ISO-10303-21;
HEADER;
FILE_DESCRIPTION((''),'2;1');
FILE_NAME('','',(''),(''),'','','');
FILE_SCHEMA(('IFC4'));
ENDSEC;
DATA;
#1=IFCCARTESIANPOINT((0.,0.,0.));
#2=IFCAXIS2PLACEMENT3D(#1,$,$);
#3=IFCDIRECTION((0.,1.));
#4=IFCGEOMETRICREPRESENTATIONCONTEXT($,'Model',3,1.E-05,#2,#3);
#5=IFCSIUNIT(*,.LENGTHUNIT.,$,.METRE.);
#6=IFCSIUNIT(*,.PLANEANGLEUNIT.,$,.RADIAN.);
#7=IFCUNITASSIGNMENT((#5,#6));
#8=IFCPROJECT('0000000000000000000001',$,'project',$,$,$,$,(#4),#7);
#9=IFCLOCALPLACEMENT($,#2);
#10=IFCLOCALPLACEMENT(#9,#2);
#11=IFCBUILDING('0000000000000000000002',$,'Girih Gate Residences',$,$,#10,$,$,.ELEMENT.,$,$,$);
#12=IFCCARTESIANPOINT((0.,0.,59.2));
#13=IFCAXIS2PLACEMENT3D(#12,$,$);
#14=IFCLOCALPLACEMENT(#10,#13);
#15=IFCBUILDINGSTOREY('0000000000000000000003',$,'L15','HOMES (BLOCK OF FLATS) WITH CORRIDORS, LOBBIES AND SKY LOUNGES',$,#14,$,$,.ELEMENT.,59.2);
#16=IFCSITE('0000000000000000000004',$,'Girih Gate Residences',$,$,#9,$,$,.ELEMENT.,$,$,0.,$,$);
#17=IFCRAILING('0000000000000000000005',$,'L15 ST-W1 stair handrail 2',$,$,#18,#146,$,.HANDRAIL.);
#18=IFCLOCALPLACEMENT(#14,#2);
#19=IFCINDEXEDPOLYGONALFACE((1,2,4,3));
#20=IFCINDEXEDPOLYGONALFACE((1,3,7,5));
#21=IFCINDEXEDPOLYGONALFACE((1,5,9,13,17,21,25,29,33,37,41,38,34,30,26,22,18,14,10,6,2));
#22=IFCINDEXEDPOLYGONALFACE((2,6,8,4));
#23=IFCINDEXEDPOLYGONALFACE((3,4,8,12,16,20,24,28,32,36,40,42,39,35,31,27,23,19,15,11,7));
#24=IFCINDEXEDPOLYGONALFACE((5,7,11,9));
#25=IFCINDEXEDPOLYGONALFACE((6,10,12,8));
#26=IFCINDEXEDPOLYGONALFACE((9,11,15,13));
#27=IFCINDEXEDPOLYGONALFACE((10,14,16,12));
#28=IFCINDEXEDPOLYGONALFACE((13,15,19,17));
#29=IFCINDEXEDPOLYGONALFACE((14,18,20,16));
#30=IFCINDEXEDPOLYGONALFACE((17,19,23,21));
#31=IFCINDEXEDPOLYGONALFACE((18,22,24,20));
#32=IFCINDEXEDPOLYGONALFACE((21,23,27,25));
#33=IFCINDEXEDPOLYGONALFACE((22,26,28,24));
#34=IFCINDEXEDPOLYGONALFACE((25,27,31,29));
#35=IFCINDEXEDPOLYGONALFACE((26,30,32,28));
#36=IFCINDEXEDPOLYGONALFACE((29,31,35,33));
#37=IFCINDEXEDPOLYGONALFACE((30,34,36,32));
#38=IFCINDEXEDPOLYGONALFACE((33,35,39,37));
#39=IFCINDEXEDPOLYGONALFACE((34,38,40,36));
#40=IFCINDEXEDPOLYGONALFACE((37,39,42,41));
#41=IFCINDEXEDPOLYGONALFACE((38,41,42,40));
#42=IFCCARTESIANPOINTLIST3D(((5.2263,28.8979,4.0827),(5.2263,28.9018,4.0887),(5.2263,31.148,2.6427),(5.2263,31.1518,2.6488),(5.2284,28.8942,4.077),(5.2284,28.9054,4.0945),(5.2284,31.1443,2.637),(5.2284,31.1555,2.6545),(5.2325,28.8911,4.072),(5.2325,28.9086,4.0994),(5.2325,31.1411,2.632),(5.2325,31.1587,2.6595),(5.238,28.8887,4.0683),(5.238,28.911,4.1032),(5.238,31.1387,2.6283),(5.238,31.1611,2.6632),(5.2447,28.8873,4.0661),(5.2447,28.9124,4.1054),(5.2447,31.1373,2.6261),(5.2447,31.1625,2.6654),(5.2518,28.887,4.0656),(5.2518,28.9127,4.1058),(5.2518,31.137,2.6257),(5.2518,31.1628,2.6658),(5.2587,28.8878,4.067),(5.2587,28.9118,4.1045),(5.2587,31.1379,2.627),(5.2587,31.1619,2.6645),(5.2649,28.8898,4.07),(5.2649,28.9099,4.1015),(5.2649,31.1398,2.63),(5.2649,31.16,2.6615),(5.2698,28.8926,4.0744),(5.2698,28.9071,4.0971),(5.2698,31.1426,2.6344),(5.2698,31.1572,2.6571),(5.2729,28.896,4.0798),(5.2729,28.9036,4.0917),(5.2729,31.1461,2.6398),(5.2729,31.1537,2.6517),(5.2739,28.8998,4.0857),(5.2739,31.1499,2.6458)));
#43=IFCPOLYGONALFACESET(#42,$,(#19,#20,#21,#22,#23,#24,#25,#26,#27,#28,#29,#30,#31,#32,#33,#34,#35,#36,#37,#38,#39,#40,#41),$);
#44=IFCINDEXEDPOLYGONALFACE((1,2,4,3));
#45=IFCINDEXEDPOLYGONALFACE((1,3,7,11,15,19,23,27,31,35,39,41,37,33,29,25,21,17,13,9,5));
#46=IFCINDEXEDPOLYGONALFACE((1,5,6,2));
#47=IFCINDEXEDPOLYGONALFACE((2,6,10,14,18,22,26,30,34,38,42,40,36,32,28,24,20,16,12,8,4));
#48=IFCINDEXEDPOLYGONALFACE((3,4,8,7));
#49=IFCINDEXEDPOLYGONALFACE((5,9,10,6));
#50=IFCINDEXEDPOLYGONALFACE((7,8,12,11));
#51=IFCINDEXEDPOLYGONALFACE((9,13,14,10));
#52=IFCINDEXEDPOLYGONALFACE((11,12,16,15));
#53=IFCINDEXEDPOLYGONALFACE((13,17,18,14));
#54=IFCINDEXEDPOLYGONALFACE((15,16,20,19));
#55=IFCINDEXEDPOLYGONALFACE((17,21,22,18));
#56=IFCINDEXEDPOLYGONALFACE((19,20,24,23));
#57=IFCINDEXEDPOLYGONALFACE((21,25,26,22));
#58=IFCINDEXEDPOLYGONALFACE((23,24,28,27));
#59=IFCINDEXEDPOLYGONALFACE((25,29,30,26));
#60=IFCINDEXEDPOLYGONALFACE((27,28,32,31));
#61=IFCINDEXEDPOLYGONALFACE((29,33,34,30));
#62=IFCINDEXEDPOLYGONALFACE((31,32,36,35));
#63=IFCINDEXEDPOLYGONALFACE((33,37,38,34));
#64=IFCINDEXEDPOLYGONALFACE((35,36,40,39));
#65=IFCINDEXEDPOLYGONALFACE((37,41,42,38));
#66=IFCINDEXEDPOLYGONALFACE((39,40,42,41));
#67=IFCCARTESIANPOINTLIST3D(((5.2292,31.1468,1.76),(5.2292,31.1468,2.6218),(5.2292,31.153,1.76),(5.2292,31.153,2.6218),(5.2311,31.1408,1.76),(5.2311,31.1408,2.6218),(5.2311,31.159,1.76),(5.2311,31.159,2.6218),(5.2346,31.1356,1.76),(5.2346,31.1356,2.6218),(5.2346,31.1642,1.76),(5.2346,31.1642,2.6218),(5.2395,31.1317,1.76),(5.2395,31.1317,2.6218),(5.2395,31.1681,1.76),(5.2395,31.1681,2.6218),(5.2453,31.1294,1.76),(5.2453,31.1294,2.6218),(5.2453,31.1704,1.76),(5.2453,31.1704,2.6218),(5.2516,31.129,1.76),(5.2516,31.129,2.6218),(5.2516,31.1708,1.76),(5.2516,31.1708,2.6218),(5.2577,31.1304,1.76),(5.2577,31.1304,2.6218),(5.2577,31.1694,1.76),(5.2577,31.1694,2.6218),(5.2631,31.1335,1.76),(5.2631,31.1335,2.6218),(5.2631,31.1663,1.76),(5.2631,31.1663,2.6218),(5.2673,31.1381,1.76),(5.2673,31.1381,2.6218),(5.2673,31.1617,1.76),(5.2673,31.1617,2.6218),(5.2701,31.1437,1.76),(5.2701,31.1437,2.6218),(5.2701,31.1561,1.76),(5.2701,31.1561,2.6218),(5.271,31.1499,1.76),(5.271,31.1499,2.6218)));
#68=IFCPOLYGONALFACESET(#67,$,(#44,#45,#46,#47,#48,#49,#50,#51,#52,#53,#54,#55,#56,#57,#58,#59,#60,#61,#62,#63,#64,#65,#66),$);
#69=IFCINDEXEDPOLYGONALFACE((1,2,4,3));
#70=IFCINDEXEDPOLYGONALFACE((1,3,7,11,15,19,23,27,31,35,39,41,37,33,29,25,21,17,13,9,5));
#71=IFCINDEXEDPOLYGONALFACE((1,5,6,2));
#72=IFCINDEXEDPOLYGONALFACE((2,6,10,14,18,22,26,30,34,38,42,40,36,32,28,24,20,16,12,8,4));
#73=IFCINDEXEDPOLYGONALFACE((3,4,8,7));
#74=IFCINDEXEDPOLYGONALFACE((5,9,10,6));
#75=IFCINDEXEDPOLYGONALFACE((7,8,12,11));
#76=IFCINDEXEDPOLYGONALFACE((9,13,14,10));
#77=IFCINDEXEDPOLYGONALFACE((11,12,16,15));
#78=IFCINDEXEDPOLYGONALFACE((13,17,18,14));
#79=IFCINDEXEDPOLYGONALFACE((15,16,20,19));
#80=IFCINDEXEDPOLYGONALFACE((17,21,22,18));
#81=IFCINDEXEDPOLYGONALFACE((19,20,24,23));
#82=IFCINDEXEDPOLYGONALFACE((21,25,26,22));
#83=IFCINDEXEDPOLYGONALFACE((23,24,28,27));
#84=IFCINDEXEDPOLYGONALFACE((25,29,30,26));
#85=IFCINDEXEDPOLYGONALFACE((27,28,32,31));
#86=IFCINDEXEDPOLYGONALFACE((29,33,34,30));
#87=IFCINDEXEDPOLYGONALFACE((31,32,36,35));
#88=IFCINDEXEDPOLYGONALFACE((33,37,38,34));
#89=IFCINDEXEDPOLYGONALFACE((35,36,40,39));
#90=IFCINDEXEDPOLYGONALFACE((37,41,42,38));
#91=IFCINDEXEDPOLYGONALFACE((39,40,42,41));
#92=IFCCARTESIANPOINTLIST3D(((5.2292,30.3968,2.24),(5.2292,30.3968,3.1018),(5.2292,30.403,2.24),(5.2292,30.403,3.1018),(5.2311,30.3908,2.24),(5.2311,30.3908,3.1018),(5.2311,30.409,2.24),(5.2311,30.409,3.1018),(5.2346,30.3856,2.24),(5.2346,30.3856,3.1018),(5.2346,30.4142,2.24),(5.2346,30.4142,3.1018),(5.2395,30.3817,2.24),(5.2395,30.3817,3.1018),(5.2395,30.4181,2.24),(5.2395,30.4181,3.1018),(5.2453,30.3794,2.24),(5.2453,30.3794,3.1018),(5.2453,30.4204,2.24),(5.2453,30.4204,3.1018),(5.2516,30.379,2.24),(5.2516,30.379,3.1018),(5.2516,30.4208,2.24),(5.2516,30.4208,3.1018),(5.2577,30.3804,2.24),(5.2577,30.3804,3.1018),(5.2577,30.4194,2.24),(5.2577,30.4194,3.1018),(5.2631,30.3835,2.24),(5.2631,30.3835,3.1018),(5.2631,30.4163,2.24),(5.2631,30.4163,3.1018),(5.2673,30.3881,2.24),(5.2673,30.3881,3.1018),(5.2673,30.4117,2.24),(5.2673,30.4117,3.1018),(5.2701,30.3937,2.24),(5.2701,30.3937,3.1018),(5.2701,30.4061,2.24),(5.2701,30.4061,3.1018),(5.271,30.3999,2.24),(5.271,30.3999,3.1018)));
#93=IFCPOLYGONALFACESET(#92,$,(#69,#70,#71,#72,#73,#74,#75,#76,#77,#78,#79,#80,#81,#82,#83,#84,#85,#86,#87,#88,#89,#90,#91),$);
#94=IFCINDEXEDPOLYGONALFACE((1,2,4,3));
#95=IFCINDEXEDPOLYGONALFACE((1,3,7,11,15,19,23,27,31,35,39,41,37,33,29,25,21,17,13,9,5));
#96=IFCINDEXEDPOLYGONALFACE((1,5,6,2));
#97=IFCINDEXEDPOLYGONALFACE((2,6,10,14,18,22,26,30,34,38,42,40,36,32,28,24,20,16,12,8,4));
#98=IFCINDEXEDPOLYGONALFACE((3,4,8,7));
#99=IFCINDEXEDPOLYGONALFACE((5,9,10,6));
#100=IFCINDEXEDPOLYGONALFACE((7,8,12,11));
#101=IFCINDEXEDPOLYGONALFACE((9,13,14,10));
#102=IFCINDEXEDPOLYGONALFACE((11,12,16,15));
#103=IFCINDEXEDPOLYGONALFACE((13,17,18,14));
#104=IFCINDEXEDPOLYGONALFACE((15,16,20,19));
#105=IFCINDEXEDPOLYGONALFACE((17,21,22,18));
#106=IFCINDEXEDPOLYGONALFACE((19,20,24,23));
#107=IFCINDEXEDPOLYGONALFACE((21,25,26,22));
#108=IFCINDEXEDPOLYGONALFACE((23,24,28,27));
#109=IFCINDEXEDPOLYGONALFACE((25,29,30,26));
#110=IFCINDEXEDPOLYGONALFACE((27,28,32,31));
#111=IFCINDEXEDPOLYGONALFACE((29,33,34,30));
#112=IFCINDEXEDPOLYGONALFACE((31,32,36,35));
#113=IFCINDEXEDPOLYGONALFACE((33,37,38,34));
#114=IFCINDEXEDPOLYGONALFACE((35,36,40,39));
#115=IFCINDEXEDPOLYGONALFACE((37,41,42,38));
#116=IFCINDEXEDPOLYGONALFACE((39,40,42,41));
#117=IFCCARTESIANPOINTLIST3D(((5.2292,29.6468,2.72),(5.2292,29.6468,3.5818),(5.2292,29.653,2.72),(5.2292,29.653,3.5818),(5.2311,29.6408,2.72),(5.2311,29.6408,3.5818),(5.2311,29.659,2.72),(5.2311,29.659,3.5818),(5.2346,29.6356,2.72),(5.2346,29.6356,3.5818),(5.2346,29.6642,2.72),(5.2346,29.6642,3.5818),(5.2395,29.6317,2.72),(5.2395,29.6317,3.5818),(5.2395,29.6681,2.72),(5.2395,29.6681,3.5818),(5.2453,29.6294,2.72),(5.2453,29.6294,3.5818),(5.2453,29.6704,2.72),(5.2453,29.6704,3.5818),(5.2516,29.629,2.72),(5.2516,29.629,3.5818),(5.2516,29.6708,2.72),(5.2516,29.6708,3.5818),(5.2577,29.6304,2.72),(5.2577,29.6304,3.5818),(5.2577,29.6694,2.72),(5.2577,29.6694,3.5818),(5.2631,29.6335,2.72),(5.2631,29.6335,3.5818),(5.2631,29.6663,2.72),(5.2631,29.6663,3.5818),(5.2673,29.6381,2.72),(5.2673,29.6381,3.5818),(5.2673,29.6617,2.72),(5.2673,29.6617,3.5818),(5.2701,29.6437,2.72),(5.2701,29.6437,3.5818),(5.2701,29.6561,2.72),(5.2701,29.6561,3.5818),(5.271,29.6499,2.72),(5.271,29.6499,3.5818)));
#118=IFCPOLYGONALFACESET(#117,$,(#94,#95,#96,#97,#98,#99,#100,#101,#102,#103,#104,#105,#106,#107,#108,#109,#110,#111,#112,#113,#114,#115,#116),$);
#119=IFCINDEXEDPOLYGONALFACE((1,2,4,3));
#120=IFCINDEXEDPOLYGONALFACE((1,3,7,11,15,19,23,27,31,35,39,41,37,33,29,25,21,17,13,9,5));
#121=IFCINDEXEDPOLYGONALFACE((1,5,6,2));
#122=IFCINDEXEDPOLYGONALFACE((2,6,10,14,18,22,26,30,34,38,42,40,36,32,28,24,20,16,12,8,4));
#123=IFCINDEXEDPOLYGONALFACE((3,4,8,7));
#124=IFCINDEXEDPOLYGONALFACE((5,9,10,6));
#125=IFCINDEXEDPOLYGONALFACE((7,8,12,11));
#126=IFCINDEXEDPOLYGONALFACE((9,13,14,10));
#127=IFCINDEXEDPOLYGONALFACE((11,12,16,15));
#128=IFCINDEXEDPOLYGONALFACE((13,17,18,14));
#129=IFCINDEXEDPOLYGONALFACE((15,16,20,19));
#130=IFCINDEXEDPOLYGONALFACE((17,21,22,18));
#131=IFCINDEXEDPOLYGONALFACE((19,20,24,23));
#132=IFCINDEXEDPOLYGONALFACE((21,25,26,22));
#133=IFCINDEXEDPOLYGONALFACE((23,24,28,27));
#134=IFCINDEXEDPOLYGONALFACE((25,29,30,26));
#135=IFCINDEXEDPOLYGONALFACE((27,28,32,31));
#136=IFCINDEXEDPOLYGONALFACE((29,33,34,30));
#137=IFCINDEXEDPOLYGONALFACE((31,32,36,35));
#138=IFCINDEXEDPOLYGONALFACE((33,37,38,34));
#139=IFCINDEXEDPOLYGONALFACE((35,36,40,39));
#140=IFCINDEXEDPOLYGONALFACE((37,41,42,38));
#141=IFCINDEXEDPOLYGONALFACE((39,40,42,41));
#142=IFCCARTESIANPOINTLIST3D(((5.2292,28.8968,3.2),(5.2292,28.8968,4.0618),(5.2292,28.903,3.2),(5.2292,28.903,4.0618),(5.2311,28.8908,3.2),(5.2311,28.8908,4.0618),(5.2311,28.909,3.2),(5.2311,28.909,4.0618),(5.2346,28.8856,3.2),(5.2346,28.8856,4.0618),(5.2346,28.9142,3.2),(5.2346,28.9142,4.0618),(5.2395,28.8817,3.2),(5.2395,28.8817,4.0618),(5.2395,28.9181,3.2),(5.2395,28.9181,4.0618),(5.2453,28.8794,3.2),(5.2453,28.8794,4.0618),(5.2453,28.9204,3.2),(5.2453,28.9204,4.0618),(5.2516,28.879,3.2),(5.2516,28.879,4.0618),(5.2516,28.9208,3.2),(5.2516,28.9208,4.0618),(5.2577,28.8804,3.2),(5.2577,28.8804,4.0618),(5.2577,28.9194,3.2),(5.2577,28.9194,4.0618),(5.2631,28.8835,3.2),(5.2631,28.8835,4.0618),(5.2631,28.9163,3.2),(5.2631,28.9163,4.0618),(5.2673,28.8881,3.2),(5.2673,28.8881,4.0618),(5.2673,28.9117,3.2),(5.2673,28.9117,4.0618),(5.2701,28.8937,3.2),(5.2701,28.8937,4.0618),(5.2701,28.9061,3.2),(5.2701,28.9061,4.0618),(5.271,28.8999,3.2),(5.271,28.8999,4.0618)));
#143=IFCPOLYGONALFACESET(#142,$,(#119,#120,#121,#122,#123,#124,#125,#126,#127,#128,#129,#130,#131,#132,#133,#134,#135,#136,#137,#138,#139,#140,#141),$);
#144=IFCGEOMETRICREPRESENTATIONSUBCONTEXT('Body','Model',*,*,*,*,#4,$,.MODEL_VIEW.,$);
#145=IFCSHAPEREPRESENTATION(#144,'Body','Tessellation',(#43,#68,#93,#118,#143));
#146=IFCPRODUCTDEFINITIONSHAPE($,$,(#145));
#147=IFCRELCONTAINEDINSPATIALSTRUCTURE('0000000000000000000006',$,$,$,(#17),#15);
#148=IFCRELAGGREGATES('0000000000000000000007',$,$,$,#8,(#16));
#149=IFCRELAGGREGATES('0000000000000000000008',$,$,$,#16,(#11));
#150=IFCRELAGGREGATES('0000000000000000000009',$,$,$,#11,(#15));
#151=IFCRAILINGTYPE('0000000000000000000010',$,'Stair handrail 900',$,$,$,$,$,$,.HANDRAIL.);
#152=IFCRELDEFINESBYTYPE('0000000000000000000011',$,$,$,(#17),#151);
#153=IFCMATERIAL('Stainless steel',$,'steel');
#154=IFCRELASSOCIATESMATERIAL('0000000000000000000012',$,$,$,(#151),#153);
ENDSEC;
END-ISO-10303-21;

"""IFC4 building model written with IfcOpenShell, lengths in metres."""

from ifc_helpers import new_model, si_unit, direction, frame, origin, origin_2d, place, context, subcontext, project, spatial, circle, extrude, material, type_object, element, save


model = new_model("IFC4")

# Units and contexts
model_context = context("Model", 3, precision=1e-05, world=origin(), true_north=direction((0.0, 1.0)))
body_context = subcontext(model_context, "Body", "Model", "MODEL_VIEW")
ifc_project = project(units=[si_unit("LENGTHUNIT", "METRE"), si_unit("PLANEANGLEUNIT", "RADIAN")], contexts=[model_context])

# Site, building, storey
site_placement = place(None, origin())
site = spatial("IfcSite", under=ifc_project, at=site_placement, Name="Girih Gate Residences", CompositionType="ELEMENT", RefElevation=0.0)
building_placement = place(site_placement, origin())
building = spatial("IfcBuilding", under=site, at=building_placement, Name="Girih Gate Residences", CompositionType="ELEMENT")
storey_placement = place(building_placement, frame((0.0, 0.0, 59.2)))
storey = spatial("IfcBuildingStorey", under=building, at=storey_placement, Name="L15", Description="HOMES (BLOCK OF FLATS) WITH CORRIDORS, LOBBIES AND SKY LOUNGES", CompositionType="ELEMENT", Elevation=59.2)

# Railing
ifc_material_1 = material(Name="Stainless steel", Category="steel")
railing_type_1 = type_object("IfcRailingType", Name="Stair handrail 900", PredefinedType="HANDRAIL", material=ifc_material_1)
railing_1_placement = place(storey_placement, frame((5.25, 31.1499, 1.76)))
element("IfcRailing", 1, at=railing_1_placement, inside=storey, type_object=railing_type_1, Name="L15 ST-W1 stair handrail 2", PredefinedType="HANDRAIL", context=body_context, shape_type="SweptSolid", body=[
    extrude(circle(Radius=0.0239, at=origin_2d()), frame((0.0, 0.0, 0.8857), z_axis=(0.0, -0.842281, 0.539038), x_axis=(1.0, 0.0, 0.0)), (0.0, 0.0, 1.0), 2.6714),
    extrude(circle(Radius=0.021, at=origin_2d()), origin(), (0.0, 0.0, 1.0), 0.8618),
    extrude(circle(Radius=0.021, at=origin_2d()), frame((0.0, -0.75, 0.48)), (0.0, 0.0, 1.0), 0.8618),
    extrude(circle(Radius=0.021, at=origin_2d()), frame((0.0, -1.5, 0.96)), (0.0, 0.0, 1.0), 0.8618),
    extrude(circle(Radius=0.021, at=origin_2d()), frame((0.0, -2.25, 1.4399)), (0.0, 0.0, 1.0), 0.8618),
])

save(model, "model.ifc")
